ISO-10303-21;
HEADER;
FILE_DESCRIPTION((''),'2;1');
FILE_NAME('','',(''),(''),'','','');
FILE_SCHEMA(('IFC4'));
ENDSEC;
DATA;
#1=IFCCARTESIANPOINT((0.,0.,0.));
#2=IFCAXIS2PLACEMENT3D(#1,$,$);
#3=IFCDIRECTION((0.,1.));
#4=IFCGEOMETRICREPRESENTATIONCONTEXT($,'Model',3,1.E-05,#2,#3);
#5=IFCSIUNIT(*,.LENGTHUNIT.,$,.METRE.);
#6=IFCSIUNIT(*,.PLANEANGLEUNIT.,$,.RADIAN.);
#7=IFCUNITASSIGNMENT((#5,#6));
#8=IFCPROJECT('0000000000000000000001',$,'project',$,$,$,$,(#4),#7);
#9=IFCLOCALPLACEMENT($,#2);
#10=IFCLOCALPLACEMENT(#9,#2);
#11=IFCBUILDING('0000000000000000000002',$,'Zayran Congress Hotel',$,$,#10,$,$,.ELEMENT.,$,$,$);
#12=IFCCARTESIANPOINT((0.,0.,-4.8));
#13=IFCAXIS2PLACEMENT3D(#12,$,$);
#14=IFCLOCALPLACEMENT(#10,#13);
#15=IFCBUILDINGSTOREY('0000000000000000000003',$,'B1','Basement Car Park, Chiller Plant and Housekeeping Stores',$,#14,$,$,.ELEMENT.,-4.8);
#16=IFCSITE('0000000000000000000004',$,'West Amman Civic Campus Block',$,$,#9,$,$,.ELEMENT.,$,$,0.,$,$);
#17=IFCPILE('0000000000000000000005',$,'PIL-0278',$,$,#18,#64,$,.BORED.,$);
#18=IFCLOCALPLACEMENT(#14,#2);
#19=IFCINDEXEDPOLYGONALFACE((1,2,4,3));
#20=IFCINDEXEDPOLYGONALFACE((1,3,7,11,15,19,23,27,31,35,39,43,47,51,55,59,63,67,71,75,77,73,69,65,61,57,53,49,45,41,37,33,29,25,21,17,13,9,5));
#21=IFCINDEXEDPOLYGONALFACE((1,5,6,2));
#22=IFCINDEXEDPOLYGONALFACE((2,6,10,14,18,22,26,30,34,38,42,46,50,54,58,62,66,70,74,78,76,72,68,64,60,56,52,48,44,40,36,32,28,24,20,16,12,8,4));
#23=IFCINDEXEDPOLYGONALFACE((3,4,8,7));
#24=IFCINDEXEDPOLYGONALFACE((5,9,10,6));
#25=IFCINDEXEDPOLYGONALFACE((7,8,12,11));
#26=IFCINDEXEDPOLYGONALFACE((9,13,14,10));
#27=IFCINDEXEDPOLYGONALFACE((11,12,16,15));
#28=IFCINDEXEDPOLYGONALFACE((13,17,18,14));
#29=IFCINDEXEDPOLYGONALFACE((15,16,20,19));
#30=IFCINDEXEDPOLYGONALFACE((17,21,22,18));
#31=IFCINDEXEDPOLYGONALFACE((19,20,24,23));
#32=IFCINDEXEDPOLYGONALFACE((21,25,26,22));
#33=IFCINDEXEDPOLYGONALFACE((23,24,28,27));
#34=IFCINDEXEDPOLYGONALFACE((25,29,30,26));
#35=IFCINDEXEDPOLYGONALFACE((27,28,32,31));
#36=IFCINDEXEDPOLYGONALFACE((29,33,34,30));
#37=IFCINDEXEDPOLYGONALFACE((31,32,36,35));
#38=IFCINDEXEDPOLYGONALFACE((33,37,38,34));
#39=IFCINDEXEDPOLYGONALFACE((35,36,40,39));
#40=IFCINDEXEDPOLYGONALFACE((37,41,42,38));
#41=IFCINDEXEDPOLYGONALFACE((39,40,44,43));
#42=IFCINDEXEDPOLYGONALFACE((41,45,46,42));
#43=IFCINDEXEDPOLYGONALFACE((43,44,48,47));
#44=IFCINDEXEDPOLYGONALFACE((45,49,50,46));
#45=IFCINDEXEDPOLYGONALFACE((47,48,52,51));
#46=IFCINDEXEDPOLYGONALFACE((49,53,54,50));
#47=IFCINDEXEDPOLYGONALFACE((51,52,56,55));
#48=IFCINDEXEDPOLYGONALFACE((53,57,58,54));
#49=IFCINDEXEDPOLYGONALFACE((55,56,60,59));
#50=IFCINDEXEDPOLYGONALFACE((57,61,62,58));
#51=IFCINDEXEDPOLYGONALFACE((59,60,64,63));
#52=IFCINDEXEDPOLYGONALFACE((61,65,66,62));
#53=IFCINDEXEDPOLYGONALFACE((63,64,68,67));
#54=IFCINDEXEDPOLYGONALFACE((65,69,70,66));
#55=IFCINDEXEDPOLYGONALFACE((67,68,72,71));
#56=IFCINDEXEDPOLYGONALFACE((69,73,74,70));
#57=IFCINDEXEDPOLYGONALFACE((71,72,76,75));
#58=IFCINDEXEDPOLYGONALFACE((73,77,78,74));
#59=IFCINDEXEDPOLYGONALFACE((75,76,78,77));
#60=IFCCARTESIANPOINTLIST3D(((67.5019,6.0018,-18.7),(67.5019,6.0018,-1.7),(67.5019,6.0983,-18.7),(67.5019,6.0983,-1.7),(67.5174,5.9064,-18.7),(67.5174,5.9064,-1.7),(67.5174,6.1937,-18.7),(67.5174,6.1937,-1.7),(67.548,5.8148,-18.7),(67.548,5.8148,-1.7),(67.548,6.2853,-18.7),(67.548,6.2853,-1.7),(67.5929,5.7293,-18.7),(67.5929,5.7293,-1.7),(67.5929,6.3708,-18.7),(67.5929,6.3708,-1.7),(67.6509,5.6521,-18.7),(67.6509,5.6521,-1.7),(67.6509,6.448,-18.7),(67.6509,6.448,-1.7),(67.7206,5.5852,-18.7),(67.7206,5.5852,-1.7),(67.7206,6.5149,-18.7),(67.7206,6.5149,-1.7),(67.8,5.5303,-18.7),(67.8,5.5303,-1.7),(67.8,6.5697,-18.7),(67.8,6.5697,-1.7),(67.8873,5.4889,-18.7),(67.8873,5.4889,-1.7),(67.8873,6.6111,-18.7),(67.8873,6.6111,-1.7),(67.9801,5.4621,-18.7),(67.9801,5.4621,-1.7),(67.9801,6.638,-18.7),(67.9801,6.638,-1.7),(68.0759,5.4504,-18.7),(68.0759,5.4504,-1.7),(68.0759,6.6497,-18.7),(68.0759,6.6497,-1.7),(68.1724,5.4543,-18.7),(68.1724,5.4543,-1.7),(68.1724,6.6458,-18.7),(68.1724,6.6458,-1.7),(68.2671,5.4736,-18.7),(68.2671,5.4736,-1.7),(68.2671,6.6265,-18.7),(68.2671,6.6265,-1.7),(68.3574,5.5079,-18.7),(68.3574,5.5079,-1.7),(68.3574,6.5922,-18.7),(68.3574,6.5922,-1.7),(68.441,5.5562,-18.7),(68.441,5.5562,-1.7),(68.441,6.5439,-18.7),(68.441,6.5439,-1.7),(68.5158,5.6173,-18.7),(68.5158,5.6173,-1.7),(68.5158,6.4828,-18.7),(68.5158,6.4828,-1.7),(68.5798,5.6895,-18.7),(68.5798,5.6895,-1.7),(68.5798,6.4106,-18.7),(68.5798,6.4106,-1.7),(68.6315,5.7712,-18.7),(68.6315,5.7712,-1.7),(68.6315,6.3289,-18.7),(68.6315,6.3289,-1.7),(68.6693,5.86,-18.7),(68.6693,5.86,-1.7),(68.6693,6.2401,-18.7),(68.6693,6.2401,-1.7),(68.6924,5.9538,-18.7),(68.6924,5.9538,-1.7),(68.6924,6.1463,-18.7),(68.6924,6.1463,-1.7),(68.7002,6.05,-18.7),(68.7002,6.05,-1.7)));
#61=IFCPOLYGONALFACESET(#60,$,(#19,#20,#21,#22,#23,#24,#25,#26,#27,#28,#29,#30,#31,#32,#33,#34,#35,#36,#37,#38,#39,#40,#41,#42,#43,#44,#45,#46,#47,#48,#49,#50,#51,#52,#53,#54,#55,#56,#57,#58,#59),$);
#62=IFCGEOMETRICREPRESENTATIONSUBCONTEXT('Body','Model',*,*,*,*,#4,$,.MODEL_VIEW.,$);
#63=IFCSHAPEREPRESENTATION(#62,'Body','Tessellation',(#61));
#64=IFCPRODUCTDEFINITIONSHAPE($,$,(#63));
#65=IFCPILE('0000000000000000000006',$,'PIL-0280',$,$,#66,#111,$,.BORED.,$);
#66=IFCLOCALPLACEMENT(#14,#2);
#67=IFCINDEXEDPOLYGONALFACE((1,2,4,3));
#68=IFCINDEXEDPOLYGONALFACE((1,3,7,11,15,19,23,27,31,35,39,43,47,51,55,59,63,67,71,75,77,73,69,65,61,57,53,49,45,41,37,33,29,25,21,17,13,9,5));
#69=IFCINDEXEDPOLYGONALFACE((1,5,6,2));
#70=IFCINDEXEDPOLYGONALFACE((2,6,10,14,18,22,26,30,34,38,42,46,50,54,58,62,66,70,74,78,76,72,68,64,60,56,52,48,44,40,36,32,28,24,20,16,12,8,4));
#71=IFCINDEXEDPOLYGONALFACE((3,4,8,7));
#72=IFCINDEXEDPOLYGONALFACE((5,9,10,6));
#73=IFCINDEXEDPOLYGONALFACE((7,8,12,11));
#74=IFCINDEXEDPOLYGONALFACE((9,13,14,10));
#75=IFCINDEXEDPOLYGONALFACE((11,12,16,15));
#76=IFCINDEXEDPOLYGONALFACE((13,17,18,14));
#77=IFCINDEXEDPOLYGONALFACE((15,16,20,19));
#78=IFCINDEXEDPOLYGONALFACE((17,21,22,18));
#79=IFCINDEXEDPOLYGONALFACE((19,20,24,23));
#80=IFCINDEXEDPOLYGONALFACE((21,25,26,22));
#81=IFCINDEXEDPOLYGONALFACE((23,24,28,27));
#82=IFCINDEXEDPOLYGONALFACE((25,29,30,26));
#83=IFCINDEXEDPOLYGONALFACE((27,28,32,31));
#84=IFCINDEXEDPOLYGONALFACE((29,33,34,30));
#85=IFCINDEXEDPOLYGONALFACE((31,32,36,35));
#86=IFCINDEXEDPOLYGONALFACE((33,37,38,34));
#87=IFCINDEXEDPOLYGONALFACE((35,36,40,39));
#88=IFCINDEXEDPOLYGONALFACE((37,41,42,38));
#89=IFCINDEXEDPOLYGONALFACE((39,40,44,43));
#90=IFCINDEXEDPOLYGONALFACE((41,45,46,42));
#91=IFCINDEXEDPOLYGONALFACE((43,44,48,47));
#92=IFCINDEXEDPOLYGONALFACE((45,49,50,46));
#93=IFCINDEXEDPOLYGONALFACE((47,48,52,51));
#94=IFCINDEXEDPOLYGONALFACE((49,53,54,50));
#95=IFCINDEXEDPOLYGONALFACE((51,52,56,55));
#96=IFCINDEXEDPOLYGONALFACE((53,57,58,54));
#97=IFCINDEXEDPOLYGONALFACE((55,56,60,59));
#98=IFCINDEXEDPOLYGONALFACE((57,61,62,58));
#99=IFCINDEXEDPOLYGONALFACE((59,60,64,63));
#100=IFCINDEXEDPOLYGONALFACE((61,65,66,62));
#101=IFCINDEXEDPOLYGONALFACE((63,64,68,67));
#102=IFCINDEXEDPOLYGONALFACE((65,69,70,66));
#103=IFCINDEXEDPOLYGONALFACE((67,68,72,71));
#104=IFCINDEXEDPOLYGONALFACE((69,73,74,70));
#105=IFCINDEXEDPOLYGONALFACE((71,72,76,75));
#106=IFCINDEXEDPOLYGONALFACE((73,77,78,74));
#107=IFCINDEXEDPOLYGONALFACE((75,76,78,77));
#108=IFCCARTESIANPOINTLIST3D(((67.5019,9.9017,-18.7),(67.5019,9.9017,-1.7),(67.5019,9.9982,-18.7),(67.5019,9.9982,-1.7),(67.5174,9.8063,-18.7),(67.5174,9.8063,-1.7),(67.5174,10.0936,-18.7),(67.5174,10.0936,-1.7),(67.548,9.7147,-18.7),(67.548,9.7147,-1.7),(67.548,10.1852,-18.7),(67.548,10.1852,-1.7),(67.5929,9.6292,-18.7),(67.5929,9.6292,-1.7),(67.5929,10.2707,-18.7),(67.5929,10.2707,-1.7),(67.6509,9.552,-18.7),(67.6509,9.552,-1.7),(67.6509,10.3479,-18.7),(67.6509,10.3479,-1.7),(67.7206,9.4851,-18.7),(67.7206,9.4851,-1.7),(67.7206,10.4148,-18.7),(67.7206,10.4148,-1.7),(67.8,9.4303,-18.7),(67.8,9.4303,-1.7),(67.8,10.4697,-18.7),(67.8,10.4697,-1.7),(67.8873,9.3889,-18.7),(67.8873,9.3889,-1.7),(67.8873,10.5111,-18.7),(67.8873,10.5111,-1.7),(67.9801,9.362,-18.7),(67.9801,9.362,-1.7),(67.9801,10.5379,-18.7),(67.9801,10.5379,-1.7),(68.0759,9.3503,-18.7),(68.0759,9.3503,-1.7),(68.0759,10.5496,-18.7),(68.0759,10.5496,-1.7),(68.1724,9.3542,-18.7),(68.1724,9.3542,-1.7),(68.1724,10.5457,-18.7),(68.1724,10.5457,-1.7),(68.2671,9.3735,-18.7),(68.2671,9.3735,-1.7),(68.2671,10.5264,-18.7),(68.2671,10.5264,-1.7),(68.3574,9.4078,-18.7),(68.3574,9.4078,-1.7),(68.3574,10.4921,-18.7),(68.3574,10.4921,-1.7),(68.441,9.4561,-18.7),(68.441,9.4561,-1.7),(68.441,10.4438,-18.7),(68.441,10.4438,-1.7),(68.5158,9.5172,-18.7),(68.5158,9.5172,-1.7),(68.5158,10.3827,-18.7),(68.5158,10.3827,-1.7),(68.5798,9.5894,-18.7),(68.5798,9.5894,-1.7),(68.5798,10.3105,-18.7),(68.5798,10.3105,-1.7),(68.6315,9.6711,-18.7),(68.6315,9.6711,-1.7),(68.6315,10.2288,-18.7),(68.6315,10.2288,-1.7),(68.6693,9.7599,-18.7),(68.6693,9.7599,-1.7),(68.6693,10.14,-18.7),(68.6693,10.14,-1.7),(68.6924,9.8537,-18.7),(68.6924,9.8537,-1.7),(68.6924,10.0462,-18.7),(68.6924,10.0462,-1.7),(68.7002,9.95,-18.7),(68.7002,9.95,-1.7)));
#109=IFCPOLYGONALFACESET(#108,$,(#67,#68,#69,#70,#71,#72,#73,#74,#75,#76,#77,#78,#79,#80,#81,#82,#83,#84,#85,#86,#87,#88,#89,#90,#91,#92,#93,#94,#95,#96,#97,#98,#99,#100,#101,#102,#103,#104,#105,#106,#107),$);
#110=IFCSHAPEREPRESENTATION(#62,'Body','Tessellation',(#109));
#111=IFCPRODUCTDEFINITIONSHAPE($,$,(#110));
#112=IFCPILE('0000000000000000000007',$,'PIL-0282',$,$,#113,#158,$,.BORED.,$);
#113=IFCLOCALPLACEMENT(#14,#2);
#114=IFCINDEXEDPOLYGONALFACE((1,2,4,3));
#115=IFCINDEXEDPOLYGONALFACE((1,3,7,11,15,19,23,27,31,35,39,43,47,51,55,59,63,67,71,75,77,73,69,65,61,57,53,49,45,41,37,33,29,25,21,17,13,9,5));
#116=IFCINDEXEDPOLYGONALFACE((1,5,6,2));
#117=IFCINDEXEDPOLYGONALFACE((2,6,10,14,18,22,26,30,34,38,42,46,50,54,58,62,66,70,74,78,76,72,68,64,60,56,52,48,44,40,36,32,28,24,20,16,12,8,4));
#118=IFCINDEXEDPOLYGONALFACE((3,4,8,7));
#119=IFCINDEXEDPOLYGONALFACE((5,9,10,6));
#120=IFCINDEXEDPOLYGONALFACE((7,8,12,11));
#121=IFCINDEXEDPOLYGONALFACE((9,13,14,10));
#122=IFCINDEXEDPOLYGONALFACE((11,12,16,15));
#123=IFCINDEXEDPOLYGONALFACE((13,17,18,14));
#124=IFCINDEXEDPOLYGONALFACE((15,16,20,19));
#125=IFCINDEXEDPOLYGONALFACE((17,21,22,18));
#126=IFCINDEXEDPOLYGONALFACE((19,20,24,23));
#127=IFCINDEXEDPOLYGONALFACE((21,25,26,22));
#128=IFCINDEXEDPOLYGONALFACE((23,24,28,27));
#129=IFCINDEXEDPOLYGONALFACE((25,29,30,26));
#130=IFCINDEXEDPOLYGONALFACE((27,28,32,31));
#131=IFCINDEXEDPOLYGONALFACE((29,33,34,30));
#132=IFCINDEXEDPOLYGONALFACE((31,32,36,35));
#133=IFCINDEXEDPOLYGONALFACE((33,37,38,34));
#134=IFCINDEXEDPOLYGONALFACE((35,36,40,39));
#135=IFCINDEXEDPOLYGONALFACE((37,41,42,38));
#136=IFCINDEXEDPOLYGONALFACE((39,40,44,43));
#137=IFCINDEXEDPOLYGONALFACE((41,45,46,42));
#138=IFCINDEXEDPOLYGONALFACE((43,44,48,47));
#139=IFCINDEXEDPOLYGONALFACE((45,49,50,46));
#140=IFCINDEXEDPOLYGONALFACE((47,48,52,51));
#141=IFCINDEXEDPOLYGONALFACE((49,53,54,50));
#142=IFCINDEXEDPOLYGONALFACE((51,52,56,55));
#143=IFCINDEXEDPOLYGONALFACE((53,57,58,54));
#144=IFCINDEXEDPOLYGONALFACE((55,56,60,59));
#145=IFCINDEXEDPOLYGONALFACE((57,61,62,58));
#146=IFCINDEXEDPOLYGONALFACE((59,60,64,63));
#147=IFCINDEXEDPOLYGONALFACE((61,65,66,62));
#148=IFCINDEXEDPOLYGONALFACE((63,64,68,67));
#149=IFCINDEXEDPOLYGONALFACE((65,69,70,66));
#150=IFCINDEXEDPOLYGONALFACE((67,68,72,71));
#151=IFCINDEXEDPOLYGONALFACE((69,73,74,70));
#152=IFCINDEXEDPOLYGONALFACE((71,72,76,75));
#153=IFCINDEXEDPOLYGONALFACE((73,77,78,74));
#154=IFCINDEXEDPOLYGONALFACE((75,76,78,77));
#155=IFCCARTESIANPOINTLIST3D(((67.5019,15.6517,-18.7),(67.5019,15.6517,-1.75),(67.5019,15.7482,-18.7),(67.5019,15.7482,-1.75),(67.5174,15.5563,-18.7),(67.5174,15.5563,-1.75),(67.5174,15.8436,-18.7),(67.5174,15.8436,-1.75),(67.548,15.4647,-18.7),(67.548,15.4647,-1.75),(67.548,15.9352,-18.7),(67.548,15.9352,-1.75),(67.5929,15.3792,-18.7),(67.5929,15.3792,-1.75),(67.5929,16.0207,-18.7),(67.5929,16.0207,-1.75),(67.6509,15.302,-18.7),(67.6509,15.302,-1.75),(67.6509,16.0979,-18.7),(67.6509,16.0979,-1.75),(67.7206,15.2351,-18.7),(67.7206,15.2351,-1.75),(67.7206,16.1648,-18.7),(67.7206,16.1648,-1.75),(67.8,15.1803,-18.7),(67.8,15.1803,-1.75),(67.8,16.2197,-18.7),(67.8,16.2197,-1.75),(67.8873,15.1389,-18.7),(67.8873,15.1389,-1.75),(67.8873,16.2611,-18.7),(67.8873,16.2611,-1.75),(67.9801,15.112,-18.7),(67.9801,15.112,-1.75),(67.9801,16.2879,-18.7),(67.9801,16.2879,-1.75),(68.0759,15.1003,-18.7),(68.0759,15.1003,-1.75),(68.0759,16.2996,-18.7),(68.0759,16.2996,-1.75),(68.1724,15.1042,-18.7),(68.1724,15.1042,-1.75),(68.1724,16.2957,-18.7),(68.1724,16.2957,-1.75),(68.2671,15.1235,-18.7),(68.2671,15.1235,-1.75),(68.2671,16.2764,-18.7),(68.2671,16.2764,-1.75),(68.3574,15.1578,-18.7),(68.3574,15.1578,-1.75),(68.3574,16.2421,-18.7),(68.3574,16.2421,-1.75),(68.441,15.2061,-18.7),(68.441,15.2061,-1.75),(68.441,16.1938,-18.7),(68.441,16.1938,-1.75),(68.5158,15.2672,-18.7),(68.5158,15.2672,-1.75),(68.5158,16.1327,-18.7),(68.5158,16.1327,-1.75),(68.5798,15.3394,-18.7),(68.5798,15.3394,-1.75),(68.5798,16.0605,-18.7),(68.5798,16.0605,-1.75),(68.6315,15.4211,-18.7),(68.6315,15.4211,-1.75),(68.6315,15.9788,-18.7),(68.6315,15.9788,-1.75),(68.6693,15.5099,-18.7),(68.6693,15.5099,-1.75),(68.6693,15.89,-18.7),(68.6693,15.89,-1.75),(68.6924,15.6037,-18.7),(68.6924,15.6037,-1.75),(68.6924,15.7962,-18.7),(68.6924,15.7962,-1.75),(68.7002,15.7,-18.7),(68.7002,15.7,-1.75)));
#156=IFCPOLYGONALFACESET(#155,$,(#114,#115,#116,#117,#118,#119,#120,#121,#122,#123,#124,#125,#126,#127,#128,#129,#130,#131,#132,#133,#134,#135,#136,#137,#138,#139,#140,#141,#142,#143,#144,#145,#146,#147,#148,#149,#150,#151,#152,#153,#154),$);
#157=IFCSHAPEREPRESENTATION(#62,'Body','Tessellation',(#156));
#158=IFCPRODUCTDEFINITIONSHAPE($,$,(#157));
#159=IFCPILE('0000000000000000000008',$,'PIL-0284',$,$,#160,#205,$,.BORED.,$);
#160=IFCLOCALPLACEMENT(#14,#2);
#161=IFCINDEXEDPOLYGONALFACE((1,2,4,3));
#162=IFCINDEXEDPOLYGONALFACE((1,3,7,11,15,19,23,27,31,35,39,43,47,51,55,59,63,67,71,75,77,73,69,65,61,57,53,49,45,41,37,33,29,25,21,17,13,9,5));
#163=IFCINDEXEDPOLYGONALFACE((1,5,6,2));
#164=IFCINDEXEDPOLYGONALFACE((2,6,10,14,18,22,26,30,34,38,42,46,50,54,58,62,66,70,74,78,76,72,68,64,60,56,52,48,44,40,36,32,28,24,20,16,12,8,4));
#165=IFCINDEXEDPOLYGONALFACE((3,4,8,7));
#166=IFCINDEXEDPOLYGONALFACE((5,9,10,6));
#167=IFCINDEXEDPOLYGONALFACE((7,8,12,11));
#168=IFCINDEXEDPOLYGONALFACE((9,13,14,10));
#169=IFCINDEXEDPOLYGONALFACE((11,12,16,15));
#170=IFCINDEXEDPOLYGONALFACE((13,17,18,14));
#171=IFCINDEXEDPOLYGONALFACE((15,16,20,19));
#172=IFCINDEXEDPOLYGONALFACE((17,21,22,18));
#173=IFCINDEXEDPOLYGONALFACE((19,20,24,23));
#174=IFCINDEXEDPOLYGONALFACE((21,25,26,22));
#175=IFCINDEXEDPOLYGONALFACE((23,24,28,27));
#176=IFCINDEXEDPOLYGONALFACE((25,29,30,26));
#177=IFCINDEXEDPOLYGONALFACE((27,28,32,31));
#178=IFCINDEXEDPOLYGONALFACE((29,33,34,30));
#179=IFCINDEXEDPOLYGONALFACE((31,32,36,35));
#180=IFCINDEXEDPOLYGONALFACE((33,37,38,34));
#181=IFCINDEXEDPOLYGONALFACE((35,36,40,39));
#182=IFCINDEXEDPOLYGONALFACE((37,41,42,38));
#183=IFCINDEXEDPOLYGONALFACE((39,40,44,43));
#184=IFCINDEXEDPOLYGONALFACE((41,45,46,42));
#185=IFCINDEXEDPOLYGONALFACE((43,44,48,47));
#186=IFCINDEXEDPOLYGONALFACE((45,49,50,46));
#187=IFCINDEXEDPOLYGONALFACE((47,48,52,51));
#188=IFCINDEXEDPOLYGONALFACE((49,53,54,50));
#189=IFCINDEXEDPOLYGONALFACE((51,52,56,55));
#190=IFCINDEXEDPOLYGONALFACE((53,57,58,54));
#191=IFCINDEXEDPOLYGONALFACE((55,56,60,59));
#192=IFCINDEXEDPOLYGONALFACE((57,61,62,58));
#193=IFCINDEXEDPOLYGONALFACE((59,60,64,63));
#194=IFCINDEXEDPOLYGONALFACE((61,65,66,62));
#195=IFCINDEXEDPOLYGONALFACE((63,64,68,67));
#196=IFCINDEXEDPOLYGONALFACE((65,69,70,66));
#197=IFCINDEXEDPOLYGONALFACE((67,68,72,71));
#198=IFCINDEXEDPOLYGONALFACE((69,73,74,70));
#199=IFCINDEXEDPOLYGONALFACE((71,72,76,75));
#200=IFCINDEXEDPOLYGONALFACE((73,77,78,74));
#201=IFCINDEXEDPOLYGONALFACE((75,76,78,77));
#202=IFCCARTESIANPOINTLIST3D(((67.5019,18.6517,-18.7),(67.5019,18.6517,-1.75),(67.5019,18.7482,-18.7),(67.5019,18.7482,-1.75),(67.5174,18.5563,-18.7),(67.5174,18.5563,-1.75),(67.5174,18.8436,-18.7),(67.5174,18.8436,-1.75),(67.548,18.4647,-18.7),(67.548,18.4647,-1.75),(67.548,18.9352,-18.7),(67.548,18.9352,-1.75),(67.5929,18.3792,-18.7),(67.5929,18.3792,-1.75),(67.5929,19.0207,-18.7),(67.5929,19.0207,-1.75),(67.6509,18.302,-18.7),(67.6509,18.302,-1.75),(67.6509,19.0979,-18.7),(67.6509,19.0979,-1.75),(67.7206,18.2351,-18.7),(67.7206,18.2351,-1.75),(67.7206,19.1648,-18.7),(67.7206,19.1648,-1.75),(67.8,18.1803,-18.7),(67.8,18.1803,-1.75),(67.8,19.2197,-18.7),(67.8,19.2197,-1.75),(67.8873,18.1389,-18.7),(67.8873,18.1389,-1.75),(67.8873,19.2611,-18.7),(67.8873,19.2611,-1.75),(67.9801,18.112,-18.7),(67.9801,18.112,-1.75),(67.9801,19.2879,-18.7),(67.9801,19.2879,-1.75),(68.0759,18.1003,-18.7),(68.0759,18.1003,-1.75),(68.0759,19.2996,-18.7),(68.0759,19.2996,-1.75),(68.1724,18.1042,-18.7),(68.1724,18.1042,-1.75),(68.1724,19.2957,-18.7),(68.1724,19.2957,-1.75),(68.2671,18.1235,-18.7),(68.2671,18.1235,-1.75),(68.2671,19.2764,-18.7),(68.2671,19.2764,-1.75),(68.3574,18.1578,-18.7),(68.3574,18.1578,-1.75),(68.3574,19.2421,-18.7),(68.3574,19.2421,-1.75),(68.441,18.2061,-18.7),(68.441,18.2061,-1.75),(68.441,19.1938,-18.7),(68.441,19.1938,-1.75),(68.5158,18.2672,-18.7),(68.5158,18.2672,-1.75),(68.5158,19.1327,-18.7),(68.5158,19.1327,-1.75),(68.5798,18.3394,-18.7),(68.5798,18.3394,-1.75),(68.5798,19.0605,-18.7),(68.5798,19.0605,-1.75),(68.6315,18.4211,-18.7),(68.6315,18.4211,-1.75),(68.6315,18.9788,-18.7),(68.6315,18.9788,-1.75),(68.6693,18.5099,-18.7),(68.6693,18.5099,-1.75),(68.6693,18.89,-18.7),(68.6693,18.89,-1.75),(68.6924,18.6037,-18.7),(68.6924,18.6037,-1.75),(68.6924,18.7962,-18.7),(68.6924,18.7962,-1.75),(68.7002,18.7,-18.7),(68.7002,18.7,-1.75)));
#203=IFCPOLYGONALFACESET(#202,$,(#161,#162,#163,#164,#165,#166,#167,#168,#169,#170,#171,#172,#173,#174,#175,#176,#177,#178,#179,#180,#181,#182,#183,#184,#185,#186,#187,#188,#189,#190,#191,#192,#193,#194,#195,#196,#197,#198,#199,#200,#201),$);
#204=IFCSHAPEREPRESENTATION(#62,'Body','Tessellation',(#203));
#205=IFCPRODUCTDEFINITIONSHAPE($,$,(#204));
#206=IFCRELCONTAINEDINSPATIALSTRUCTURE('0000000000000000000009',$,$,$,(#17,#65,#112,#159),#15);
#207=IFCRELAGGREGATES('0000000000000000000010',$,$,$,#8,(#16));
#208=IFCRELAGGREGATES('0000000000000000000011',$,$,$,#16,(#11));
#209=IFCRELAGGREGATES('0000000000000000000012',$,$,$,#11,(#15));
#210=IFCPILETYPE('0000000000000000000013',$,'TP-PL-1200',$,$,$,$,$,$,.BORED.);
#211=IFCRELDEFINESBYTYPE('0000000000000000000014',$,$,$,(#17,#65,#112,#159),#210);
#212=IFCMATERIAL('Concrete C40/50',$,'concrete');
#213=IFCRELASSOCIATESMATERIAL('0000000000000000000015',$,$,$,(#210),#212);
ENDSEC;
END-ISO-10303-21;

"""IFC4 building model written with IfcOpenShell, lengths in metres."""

from ifc_helpers import new_model, si_unit, direction, frame, origin, origin_2d, place, context, subcontext, project, spatial, circle, extrude, material, material_profile, profile_set, type_object, element, save


model = new_model("IFC4")

# Units and contexts
model_context = context("Model", 3, precision=1e-05, world=origin(), true_north=direction((0.0, 1.0)))
body_context = subcontext(model_context, "Body", "Model", "MODEL_VIEW")
ifc_project = project(units=[si_unit("LENGTHUNIT", "METRE"), si_unit("PLANEANGLEUNIT", "RADIAN")], contexts=[model_context])

# Site, building, storey
site_placement = place(None, origin())
site = spatial("IfcSite", under=ifc_project, at=site_placement, Name="West Amman Civic Campus Block", CompositionType="ELEMENT", RefElevation=0.0)
building_placement = place(site_placement, origin())
building = spatial("IfcBuilding", under=site, at=building_placement, Name="Zayran Congress Hotel", CompositionType="ELEMENT")
storey_placement = place(building_placement, frame((0.0, 0.0, -4.8)))
storey = spatial("IfcBuildingStorey", under=building, at=storey_placement, Name="B1", Description="Basement Car Park, Chiller Plant and Housekeeping Stores", CompositionType="ELEMENT", Elevation=-4.8)

# Piles
ifc_material = material(Name="Concrete C40/50", Category="concrete")
ifc_material_profile_1 = material_profile(ifc_material, circle(Radius=0.6001, at=origin_2d()), Name="PILE D1200")
ifc_profile_set_1 = profile_set([ifc_material_profile_1], Name="Concrete C40/50")
pile_type = type_object("IfcPileType", Name="TP-PL-1200", PredefinedType="BORED", material=ifc_profile_set_1)
for number, where, z_axis, x_axis, name in (
    (1, (68.1001, 6.05, -1.7), (0.0, 0.0, -1.0), (1.0, 0.0, 0.0), "PIL-0278"),
    (2, (68.1001, 9.95, -1.7), (0.0, 0.0, -1.0), (1.0, 0.0, 0.0), "PIL-0280"),
):
    element("IfcPile", number, at=place(storey_placement, frame(where, z_axis=z_axis, x_axis=x_axis)), inside=storey, type_object=pile_type, Name=name, PredefinedType="BORED", context=body_context, shape_type="SweptSolid", body=[
        extrude(circle(Radius=0.6001, at=origin_2d()), origin(), (0.0, 0.0, 1.0), 17.0),
    ])
for number, where, z_axis, x_axis, name in (
    (3, (68.1001, 15.7, -1.75), (0.0, 0.0, -1.0), (1.0, 0.0, 0.0), "PIL-0282"),
    (4, (68.1001, 18.7, -1.75), (0.0, 0.0, -1.0), (1.0, 0.0, 0.0), "PIL-0284"),
):
    element("IfcPile", number, at=place(storey_placement, frame(where, z_axis=z_axis, x_axis=x_axis)), inside=storey, type_object=pile_type, Name=name, PredefinedType="BORED", context=body_context, shape_type="SweptSolid", body=[
        extrude(circle(Radius=0.6001, at=origin_2d()), origin(), (0.0, 0.0, 1.0), 16.95),
    ])

save(model, "model.ifc")
